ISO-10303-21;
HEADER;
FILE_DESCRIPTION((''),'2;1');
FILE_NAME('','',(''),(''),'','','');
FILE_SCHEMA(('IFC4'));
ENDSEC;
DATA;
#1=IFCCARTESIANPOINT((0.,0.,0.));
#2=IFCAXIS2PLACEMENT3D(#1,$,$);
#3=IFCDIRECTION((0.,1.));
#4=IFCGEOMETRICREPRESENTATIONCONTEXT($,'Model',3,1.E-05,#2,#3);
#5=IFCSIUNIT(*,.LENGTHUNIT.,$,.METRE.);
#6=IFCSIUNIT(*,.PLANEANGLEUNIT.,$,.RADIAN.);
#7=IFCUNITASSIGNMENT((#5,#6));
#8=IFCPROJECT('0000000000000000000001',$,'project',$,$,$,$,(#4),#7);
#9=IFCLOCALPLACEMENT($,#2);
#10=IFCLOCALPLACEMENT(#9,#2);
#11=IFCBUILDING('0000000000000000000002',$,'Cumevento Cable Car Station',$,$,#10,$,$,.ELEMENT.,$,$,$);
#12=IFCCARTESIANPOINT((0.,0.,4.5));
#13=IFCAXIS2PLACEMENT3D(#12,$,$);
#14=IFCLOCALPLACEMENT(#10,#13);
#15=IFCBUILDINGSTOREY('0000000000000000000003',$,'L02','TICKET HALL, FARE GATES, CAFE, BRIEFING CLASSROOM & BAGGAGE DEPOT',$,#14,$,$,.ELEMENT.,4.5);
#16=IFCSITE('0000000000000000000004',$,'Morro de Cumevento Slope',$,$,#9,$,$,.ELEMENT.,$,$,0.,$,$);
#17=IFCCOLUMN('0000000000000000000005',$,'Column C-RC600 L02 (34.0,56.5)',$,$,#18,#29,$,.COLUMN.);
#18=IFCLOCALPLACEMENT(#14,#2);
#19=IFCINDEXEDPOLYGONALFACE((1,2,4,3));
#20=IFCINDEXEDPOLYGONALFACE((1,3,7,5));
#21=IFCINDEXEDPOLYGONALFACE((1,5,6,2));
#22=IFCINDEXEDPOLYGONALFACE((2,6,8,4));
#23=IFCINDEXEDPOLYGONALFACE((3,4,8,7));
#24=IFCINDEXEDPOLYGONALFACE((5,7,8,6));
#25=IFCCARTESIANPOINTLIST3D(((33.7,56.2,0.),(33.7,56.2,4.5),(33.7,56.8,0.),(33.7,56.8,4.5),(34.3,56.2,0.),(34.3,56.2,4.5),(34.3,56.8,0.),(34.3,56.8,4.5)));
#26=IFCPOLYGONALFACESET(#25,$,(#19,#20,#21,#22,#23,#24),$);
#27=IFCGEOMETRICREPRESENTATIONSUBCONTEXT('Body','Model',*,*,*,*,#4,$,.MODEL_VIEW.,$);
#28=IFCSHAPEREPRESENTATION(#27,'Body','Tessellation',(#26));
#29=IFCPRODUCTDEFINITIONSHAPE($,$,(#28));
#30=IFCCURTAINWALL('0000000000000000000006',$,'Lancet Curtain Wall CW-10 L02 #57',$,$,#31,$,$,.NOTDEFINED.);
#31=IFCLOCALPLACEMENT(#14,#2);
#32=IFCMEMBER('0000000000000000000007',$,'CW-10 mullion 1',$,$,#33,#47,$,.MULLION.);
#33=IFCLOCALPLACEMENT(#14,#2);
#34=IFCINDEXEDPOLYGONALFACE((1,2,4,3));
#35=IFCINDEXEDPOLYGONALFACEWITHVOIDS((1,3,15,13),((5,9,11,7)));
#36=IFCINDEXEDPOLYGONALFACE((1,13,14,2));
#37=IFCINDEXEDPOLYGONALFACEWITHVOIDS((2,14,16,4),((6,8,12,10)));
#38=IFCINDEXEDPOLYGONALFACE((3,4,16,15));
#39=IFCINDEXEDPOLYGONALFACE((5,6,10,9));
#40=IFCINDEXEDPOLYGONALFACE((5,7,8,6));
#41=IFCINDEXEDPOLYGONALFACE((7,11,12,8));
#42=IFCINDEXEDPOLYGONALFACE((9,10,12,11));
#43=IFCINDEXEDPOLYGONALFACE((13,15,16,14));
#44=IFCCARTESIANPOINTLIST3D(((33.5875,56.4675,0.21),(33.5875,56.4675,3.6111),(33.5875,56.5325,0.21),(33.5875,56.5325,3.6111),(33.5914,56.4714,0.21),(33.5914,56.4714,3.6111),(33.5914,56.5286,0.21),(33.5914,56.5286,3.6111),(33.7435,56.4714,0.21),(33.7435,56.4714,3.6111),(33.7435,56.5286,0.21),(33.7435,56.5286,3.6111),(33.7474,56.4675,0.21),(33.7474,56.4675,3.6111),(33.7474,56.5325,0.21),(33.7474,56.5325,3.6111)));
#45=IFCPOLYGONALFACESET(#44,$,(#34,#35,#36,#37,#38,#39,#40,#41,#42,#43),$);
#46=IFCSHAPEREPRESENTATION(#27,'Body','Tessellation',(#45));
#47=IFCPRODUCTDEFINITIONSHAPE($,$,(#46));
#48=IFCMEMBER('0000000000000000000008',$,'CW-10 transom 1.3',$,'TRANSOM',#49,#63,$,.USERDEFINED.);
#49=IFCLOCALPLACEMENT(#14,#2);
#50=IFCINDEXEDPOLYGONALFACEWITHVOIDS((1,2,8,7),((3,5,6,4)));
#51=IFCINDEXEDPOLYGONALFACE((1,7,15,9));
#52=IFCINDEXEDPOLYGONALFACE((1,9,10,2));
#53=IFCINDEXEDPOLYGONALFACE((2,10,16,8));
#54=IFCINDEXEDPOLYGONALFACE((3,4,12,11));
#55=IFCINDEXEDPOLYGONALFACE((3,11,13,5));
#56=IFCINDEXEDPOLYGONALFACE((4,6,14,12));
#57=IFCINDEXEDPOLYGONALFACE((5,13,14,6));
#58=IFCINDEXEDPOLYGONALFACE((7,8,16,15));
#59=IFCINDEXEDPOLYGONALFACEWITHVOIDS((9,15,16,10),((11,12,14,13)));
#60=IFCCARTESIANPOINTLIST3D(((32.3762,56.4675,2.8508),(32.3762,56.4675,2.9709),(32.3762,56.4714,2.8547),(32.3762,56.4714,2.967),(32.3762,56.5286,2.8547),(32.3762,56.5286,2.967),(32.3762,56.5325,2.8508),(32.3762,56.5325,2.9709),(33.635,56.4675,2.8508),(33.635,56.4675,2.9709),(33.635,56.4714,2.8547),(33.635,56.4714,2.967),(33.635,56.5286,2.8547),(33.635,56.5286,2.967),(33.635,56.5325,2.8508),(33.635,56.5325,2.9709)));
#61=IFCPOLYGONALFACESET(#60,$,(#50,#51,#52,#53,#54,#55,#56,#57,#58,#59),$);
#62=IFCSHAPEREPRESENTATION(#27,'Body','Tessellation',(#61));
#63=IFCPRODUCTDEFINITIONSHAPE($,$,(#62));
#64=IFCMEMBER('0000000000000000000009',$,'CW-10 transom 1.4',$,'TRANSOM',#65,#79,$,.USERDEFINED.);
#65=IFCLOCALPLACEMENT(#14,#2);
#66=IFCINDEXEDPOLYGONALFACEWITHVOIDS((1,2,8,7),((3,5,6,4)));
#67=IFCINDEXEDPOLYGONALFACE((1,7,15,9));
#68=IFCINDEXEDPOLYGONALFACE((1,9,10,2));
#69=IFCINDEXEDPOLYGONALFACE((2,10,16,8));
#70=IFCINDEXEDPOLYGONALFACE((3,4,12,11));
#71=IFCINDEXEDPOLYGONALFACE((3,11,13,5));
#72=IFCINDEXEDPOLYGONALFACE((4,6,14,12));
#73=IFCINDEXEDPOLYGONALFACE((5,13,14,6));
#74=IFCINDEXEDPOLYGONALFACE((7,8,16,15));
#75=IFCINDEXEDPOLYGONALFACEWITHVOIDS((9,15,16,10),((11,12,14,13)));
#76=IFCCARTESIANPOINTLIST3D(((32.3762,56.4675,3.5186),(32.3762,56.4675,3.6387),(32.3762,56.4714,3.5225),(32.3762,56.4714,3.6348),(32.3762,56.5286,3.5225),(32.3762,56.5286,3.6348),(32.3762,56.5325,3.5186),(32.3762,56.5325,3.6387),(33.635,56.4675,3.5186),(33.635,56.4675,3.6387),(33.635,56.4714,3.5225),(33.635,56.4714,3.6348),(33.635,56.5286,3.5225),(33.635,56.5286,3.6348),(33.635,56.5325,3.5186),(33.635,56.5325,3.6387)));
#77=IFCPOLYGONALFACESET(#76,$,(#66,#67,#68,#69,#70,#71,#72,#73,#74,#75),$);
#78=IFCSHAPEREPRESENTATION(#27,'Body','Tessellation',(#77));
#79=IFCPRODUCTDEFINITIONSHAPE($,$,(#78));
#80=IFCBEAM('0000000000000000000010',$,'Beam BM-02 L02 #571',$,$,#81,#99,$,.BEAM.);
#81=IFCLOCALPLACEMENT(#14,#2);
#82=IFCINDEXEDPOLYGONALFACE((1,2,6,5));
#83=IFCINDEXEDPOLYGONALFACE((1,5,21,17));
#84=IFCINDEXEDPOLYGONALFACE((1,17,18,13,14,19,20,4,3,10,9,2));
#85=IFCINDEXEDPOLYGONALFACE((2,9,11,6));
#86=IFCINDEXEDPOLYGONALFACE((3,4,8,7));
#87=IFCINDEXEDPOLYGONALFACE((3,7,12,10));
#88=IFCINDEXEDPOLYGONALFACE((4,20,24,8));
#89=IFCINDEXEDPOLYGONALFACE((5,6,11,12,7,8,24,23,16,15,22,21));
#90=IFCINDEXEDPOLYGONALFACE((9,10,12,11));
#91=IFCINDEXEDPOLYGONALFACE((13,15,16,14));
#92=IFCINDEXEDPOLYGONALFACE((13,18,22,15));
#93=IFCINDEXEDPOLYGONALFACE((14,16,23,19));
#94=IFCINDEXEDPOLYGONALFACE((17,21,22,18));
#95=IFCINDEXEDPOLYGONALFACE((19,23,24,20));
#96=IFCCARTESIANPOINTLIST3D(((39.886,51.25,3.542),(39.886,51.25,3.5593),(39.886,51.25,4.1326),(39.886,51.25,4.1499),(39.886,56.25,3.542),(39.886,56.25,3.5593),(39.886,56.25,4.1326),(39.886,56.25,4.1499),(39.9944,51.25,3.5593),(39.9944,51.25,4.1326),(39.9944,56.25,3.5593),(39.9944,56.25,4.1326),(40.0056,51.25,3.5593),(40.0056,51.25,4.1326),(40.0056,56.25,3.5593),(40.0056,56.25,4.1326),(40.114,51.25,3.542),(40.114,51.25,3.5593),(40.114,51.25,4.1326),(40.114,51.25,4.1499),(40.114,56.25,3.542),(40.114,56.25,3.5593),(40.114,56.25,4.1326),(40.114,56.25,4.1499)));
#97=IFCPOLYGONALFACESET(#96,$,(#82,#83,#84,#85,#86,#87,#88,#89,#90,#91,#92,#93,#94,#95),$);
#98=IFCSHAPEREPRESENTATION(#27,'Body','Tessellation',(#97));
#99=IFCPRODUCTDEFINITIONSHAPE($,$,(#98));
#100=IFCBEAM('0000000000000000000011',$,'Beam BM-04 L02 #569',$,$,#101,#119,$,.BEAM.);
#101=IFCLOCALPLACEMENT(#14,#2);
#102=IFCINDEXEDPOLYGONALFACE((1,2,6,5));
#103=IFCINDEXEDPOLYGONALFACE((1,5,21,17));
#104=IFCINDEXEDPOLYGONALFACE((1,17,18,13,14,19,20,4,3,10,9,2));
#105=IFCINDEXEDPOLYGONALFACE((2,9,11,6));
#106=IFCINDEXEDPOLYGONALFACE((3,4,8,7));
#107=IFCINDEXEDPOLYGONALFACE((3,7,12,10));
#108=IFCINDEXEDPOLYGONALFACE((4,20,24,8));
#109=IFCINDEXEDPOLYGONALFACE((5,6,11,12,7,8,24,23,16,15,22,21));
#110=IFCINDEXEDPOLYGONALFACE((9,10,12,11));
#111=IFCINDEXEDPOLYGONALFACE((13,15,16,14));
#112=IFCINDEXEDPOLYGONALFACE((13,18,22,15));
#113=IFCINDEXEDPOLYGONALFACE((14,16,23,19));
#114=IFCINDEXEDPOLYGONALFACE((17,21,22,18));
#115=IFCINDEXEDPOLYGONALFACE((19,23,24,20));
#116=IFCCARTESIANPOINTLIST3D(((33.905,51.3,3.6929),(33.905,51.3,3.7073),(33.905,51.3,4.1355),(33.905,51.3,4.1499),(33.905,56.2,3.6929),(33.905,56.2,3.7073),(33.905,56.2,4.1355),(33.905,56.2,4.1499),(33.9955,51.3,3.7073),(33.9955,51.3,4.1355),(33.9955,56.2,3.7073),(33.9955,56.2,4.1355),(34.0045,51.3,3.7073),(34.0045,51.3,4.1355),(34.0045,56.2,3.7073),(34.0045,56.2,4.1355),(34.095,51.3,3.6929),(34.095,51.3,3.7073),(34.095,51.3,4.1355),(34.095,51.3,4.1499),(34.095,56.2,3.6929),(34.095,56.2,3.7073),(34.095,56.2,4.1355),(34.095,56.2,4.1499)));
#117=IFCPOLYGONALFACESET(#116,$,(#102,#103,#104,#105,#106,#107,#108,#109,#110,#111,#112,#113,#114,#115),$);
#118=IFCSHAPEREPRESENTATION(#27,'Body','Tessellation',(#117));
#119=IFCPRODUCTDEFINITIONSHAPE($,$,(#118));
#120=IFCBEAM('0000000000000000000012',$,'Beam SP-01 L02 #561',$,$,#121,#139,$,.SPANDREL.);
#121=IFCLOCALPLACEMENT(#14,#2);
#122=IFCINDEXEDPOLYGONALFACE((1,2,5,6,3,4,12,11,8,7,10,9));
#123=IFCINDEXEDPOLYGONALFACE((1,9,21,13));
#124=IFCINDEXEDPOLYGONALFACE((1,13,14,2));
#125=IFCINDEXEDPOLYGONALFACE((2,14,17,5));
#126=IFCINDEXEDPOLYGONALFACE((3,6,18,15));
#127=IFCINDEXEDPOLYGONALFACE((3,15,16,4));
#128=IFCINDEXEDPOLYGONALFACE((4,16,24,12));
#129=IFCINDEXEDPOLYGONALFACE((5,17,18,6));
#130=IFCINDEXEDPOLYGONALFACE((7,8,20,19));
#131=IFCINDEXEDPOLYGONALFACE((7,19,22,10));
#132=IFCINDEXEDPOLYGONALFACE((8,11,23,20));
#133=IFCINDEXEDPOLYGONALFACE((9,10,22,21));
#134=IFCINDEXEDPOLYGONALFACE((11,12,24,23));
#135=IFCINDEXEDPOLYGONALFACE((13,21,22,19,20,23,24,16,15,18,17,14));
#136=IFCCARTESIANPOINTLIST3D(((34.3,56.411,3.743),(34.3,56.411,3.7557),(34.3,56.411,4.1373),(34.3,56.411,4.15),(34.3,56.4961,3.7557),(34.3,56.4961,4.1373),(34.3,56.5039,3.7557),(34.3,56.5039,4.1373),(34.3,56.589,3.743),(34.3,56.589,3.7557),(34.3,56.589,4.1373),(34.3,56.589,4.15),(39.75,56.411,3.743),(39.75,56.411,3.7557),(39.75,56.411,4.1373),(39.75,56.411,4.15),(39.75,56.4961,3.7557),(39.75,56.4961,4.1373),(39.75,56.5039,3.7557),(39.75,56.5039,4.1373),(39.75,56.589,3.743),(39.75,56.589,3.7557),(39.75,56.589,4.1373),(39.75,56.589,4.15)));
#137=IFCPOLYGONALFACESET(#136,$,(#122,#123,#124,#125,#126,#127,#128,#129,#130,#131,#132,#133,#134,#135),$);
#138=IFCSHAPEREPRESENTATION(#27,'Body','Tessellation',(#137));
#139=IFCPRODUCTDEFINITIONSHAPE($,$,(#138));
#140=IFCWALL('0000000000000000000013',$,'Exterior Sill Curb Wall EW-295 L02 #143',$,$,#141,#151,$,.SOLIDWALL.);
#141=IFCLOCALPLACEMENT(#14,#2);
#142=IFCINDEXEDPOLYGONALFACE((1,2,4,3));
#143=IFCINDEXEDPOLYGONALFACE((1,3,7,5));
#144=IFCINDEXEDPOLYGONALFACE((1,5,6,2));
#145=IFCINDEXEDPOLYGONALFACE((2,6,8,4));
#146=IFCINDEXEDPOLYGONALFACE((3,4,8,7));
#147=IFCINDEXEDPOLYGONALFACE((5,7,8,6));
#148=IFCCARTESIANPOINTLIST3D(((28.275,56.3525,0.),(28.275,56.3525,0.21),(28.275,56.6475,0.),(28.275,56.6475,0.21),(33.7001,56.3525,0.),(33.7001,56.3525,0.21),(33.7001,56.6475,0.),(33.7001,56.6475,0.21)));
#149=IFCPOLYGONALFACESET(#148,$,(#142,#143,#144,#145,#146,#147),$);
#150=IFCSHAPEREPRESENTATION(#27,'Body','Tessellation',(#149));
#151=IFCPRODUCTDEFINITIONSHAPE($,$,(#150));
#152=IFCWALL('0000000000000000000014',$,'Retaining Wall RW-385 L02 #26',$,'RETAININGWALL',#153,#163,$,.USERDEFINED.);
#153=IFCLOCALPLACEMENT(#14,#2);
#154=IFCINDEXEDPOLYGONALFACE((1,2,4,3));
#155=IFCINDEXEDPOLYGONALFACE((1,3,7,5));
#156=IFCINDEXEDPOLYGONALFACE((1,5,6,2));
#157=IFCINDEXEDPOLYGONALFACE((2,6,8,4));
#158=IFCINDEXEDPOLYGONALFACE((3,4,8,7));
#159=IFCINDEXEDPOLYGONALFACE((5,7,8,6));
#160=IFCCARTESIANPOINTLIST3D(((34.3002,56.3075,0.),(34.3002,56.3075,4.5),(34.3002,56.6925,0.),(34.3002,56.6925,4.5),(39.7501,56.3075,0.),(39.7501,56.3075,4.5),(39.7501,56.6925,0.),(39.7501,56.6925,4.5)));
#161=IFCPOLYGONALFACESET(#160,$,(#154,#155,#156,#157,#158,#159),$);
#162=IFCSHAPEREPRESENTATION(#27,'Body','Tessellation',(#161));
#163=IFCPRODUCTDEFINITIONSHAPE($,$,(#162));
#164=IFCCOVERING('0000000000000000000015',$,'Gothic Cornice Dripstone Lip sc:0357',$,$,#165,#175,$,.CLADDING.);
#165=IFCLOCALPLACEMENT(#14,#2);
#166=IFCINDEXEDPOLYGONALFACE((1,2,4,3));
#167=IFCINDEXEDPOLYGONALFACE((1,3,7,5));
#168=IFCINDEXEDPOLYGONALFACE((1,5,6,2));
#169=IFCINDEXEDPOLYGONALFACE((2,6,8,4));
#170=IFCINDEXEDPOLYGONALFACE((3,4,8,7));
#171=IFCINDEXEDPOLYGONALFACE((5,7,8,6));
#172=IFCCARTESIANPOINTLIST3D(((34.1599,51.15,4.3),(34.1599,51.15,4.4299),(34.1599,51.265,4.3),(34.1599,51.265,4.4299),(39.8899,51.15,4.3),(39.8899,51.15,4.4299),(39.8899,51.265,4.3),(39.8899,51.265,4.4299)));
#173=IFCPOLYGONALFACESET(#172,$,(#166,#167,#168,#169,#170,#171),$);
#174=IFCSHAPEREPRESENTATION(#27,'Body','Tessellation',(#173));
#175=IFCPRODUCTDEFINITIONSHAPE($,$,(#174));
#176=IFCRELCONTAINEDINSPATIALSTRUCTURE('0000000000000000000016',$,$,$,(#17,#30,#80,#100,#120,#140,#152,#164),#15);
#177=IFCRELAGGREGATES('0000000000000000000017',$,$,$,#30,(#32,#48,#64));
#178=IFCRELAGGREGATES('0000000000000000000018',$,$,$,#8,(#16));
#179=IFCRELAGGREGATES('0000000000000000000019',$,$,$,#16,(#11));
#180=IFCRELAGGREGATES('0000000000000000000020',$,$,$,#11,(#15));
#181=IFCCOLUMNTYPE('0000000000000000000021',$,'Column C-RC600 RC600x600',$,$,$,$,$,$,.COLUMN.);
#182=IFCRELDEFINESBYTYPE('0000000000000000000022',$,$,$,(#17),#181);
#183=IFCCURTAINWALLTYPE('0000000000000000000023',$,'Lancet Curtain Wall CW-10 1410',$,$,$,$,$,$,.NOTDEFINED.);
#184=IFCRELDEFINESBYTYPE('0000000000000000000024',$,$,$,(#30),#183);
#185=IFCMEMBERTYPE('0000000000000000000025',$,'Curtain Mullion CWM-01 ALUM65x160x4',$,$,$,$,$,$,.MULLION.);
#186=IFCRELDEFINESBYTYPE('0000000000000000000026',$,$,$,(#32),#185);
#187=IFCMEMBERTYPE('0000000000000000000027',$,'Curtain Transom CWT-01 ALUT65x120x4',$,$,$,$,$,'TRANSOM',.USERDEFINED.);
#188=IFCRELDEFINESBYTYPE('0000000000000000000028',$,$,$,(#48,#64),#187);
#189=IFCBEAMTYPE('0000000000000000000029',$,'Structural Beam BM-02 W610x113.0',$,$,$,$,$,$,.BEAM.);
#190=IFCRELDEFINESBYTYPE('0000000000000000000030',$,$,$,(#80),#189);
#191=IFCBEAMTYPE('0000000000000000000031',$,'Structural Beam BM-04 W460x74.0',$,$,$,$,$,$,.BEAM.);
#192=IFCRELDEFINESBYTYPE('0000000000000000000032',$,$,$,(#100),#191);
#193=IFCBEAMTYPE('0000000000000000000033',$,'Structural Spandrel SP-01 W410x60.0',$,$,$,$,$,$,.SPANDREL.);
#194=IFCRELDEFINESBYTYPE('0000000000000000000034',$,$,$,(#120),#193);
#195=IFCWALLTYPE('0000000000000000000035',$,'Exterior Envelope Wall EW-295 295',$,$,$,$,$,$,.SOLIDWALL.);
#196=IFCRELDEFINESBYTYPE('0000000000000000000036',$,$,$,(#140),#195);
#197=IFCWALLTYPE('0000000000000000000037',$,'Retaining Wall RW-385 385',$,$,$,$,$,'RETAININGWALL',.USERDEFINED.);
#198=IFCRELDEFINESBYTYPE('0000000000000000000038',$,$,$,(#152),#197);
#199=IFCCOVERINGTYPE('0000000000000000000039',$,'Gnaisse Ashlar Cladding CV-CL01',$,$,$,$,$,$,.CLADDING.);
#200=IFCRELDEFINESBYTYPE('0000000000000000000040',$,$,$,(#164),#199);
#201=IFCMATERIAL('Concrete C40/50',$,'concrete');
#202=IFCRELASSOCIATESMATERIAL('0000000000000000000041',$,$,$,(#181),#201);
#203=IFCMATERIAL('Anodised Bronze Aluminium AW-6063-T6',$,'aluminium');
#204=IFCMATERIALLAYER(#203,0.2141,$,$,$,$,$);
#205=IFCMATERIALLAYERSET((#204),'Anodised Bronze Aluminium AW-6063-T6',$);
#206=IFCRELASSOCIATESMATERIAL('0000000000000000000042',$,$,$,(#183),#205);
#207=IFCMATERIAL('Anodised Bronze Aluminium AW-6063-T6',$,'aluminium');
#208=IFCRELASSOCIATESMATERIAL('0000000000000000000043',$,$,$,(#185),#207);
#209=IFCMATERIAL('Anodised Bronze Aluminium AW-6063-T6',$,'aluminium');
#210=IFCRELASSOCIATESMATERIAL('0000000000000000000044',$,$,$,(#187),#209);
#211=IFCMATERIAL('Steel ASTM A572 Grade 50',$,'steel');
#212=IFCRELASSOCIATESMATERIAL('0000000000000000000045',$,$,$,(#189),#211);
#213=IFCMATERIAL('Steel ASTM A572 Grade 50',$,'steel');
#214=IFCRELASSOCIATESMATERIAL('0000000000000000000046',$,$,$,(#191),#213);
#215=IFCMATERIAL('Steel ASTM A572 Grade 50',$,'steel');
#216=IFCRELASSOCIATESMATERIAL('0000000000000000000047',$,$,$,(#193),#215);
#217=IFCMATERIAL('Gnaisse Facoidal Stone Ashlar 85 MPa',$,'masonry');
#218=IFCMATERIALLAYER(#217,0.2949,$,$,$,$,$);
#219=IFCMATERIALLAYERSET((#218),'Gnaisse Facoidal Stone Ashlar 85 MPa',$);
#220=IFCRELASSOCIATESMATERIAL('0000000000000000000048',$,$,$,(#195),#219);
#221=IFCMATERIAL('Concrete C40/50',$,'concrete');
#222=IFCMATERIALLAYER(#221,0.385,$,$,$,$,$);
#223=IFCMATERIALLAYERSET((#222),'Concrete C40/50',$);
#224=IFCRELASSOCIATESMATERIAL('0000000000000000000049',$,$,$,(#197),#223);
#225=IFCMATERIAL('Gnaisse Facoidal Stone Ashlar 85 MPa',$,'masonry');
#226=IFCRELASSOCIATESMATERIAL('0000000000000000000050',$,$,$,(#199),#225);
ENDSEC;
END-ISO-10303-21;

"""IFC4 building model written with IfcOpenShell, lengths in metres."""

from ifc_helpers import new_model, si_unit, direction, frame, frame_2d, origin, origin_2d, place, context, subcontext, project, spatial, rectangle, hollow_rectangle, i_section, extrude, material, layer, layer_set, material_profile, profile_set, type_object, element, aggregate, save


model = new_model("IFC4")

# Units and contexts
model_context = context("Model", 3, precision=1e-05, world=origin(), true_north=direction((0.0, 1.0)))
body_context = subcontext(model_context, "Body", "Model", "MODEL_VIEW")
ifc_project = project(units=[si_unit("LENGTHUNIT", "METRE"), si_unit("PLANEANGLEUNIT", "RADIAN")], contexts=[model_context])

# Site, building, storey
site_placement = place(None, origin())
site = spatial("IfcSite", under=ifc_project, at=site_placement, Name="Morro de Cumevento Slope", CompositionType="ELEMENT", RefElevation=0.0)
building_placement = place(site_placement, origin())
building = spatial("IfcBuilding", under=site, at=building_placement, Name="Cumevento Cable Car Station", CompositionType="ELEMENT")
storey_placement = place(building_placement, frame((0.0, 0.0, 4.5)))
storey = spatial("IfcBuildingStorey", under=building, at=storey_placement, Name="L02", Description="TICKET HALL, FARE GATES, CAFE, BRIEFING CLASSROOM & BAGGAGE DEPOT", CompositionType="ELEMENT", Elevation=4.5)

# Column
ifc_material_1 = material(Name="Concrete C40/50", Category="concrete")
ifc_material_profile_1 = material_profile(ifc_material_1, rectangle(XDim=0.6001, YDim=0.6001, at=origin_2d()), Name="RC600x600")
ifc_profile_set_1 = profile_set([ifc_material_profile_1], Name="Concrete C40/50")
column_type = type_object("IfcColumnType", Name="Column C-RC600 RC600x600", PredefinedType="COLUMN", material=ifc_profile_set_1)
column_placement = place(storey_placement, frame((34.0, 56.5, 0.0), z_axis=(0.0, 0.0, 1.0), x_axis=(1.0, 0.0, 0.0)))
element("IfcColumn", 1, at=column_placement, inside=storey, type_object=column_type, Name="Column C-RC600 L02 (34.0,56.5)", PredefinedType="COLUMN", context=body_context, shape_type="SweptSolid", body=[
    extrude(rectangle(XDim=0.6001, YDim=0.6001, at=origin_2d()), origin(), (0.0, 0.0, 1.0), 4.5),
])

# Curtain wall, members
ifc_material_2 = material(Name="Anodised Bronze Aluminium AW-6063-T6", Category="aluminium")
ifc_layer_1 = layer(ifc_material_2, 0.2141)
ifc_layer_set_1 = layer_set([ifc_layer_1], Name="Anodised Bronze Aluminium AW-6063-T6")
curtain_wall_type = type_object("IfcCurtainWallType", Name="Lancet Curtain Wall CW-10 1410", PredefinedType="NOTDEFINED", material=ifc_layer_set_1)
curtain_wall_placement = place(storey_placement, origin())
curtain_wall = element("IfcCurtainWall", 2, at=curtain_wall_placement, inside=storey, type_object=curtain_wall_type, Name="Lancet Curtain Wall CW-10 L02 #57", PredefinedType="NOTDEFINED")
ifc_material_3 = material(Name="Anodised Bronze Aluminium AW-6063-T6", Category="aluminium")
ifc_material_profile_2 = material_profile(ifc_material_3, hollow_rectangle(XDim=0.0649, YDim=0.1599, WallThickness=0.0039, at=origin_2d()), Name="ALUM65x160x4")
ifc_profile_set_2 = profile_set([ifc_material_profile_2], Name="Anodised Bronze Aluminium AW-6063-T6")
member_type_1 = type_object("IfcMemberType", Name="Curtain Mullion CWM-01 ALUM65x160x4", PredefinedType="MULLION", material=ifc_profile_set_2)
member_1_placement = place(storey_placement, frame((33.6675, 56.5, 0.21), z_axis=(0.0, 0.0, 1.0), x_axis=(0.0, -1.0, 0.0)))
member_1 = element("IfcMember", 3, at=member_1_placement, type_object=member_type_1, Name="CW-10 mullion 1", PredefinedType="MULLION", context=body_context, shape_type="SweptSolid", body=[
    extrude(hollow_rectangle(XDim=0.0649, YDim=0.1599, WallThickness=0.0039, at=origin_2d()), origin(), (0.0, 0.0, 1.0), 3.4011),
])
ifc_material_4 = material(Name="Anodised Bronze Aluminium AW-6063-T6", Category="aluminium")
ifc_material_profile_3 = material_profile(ifc_material_4, hollow_rectangle(XDim=0.0649, YDim=0.1201, WallThickness=0.0039, at=origin_2d()), Name="ALUT65x120x4")
ifc_profile_set_3 = profile_set([ifc_material_profile_3], Name="Anodised Bronze Aluminium AW-6063-T6")
member_type_2 = type_object("IfcMemberType", Name="Curtain Transom CWT-01 ALUT65x120x4", ElementType="TRANSOM", PredefinedType="USERDEFINED", material=ifc_profile_set_3)
member_2_placement = place(storey_placement, frame((33.635, 56.5, 2.9109), z_axis=(-1.0, 0.0, 0.0), x_axis=(0.0, -1.0, 0.0)))
member_2 = element("IfcMember", 4, at=member_2_placement, type_object=member_type_2, Name="CW-10 transom 1.3", ObjectType="TRANSOM", PredefinedType="USERDEFINED", context=body_context, shape_type="SweptSolid", body=[
    extrude(hollow_rectangle(XDim=0.0649, YDim=0.1201, WallThickness=0.0039, at=origin_2d()), origin(), (0.0, 0.0, 1.0), 1.2588),
])
member_3_placement = place(storey_placement, frame((33.635, 56.5, 3.5786), z_axis=(-1.0, 0.0, 0.0), x_axis=(0.0, -1.0, 0.0)))
member_3 = element("IfcMember", 5, at=member_3_placement, type_object=member_type_2, Name="CW-10 transom 1.4", ObjectType="TRANSOM", PredefinedType="USERDEFINED", context=body_context, shape_type="SweptSolid", body=[
    extrude(hollow_rectangle(XDim=0.0649, YDim=0.1201, WallThickness=0.0039, at=origin_2d()), origin(), (0.0, 0.0, 1.0), 1.2588),
])
aggregate(curtain_wall, [member_1, member_2, member_3])

# Beams
ifc_material_5 = material(Name="Steel ASTM A572 Grade 50", Category="steel")
ifc_material_profile_4 = material_profile(ifc_material_5, i_section(OverallWidth=0.228, OverallDepth=0.6079, WebThickness=0.0112, FlangeThickness=0.0173, at=origin_2d()), Name="W610x113.0")
ifc_profile_set_4 = profile_set([ifc_material_profile_4], Name="Steel ASTM A572 Grade 50")
beam_type_1 = type_object("IfcBeamType", Name="Structural Beam BM-02 W610x113.0", PredefinedType="BEAM", material=ifc_profile_set_4)
beam_1_placement = place(storey_placement, frame((40.0, 51.25, 3.8459), z_axis=(0.0, 1.0, 0.0), x_axis=(-1.0, 0.0, 0.0)))
element("IfcBeam", 6, at=beam_1_placement, inside=storey, type_object=beam_type_1, Name="Beam BM-02 L02 #571", PredefinedType="BEAM", context=body_context, shape_type="SweptSolid", body=[
    extrude(i_section(OverallWidth=0.228, OverallDepth=0.6079, WebThickness=0.0112, FlangeThickness=0.0173, at=origin_2d()), origin(), (0.0, 0.0, 1.0), 5.0),
])
ifc_material_6 = material(Name="Steel ASTM A572 Grade 50", Category="steel")
ifc_material_profile_5 = material_profile(ifc_material_6, i_section(OverallWidth=0.1899, OverallDepth=0.457, WebThickness=0.009, FlangeThickness=0.0144, at=origin_2d()), Name="W460x74.0")
ifc_profile_set_5 = profile_set([ifc_material_profile_5], Name="Steel ASTM A572 Grade 50")
beam_type_2 = type_object("IfcBeamType", Name="Structural Beam BM-04 W460x74.0", PredefinedType="BEAM", material=ifc_profile_set_5)
beam_2_placement = place(storey_placement, frame((34.0, 51.3, 3.9214), z_axis=(0.0, 1.0, 0.0), x_axis=(-1.0, 0.0, 0.0)))
element("IfcBeam", 7, at=beam_2_placement, inside=storey, type_object=beam_type_2, Name="Beam BM-04 L02 #569", PredefinedType="BEAM", context=body_context, shape_type="SweptSolid", body=[
    extrude(i_section(OverallWidth=0.1899, OverallDepth=0.457, WebThickness=0.009, FlangeThickness=0.0144, at=origin_2d()), origin(), (0.0, 0.0, 1.0), 4.8999),
])
ifc_material_7 = material(Name="Steel ASTM A572 Grade 50", Category="steel")
ifc_material_profile_6 = material_profile(ifc_material_7, i_section(OverallWidth=0.178, OverallDepth=0.407, WebThickness=0.0078, FlangeThickness=0.0127, at=origin_2d()), Name="W410x60.0")
ifc_profile_set_6 = profile_set([ifc_material_profile_6], Name="Steel ASTM A572 Grade 50")
beam_type_3 = type_object("IfcBeamType", Name="Structural Spandrel SP-01 W410x60.0", PredefinedType="SPANDREL", material=ifc_profile_set_6)
beam_3_placement = place(storey_placement, frame((34.3, 56.5, 3.9465), z_axis=(1.0, 0.0, 0.0), x_axis=(0.0, 1.0, 0.0)))
element("IfcBeam", 8, at=beam_3_placement, inside=storey, type_object=beam_type_3, Name="Beam SP-01 L02 #561", PredefinedType="SPANDREL", context=body_context, shape_type="SweptSolid", body=[
    extrude(i_section(OverallWidth=0.178, OverallDepth=0.407, WebThickness=0.0078, FlangeThickness=0.0127, at=origin_2d()), origin(), (0.0, 0.0, 1.0), 5.45),
])

# Walls
ifc_material_8 = material(Name="Gnaisse Facoidal Stone Ashlar 85 MPa", Category="masonry")
ifc_layer_2 = layer(ifc_material_8, 0.2949)
ifc_layer_set_2 = layer_set([ifc_layer_2], Name="Gnaisse Facoidal Stone Ashlar 85 MPa")
wall_type_1 = type_object("IfcWallType", Name="Exterior Envelope Wall EW-295 295", PredefinedType="SOLIDWALL", material=ifc_layer_set_2)
wall_1_placement = place(storey_placement, frame((33.7, 56.5, 0.0), z_axis=(0.0, 0.0, 1.0), x_axis=(-1.0, 0.0, 0.0)))
element("IfcWall", 9, at=wall_1_placement, inside=storey, type_object=wall_type_1, Name="Exterior Sill Curb Wall EW-295 L02 #143", PredefinedType="SOLIDWALL", context=body_context, shape_type="SweptSolid", body=[
    extrude(rectangle(XDim=5.425, YDim=0.2949, at=frame_2d((2.7124, 0.0))), origin(), (0.0, 0.0, 1.0), 0.21),
])
ifc_material_9 = material(Name="Concrete C40/50", Category="concrete")
ifc_layer_3 = layer(ifc_material_9, 0.385)
ifc_layer_set_3 = layer_set([ifc_layer_3], Name="Concrete C40/50")
wall_type_2 = type_object("IfcWallType", Name="Retaining Wall RW-385 385", ElementType="RETAININGWALL", PredefinedType="USERDEFINED", material=ifc_layer_set_3)
wall_2_placement = place(storey_placement, frame((34.3, 56.5, 0.0), z_axis=(0.0, 0.0, 1.0), x_axis=(1.0, 0.0, 0.0)))
element("IfcWall", 10, at=wall_2_placement, inside=storey, type_object=wall_type_2, Name="Retaining Wall RW-385 L02 #26", ObjectType="RETAININGWALL", PredefinedType="USERDEFINED", context=body_context, shape_type="SweptSolid", body=[
    extrude(rectangle(XDim=5.45, YDim=0.385, at=frame_2d((2.7251, 0.0))), origin(), (0.0, 0.0, 1.0), 4.5),
])

# Covering
ifc_material_10 = material(Name="Gnaisse Facoidal Stone Ashlar 85 MPa", Category="masonry")
covering_type = type_object("IfcCoveringType", Name="Gnaisse Ashlar Cladding CV-CL01", PredefinedType="CLADDING", material=ifc_material_10)
covering_1_placement = place(storey_placement, frame((37.0249, 51.2075, 4.3), z_axis=(0.0, 0.0, 1.0), x_axis=(1.0, 0.0, 0.0)))
element("IfcCovering", 11, at=covering_1_placement, inside=storey, type_object=covering_type, Name="Gothic Cornice Dripstone Lip sc:0357", PredefinedType="CLADDING", context=body_context, shape_type="SweptSolid", body=[
    extrude(rectangle(XDim=5.73, YDim=0.115, at=origin_2d()), origin(), (0.0, 0.0, 1.0), 0.1299),
])

save(model, "model.ifc")
